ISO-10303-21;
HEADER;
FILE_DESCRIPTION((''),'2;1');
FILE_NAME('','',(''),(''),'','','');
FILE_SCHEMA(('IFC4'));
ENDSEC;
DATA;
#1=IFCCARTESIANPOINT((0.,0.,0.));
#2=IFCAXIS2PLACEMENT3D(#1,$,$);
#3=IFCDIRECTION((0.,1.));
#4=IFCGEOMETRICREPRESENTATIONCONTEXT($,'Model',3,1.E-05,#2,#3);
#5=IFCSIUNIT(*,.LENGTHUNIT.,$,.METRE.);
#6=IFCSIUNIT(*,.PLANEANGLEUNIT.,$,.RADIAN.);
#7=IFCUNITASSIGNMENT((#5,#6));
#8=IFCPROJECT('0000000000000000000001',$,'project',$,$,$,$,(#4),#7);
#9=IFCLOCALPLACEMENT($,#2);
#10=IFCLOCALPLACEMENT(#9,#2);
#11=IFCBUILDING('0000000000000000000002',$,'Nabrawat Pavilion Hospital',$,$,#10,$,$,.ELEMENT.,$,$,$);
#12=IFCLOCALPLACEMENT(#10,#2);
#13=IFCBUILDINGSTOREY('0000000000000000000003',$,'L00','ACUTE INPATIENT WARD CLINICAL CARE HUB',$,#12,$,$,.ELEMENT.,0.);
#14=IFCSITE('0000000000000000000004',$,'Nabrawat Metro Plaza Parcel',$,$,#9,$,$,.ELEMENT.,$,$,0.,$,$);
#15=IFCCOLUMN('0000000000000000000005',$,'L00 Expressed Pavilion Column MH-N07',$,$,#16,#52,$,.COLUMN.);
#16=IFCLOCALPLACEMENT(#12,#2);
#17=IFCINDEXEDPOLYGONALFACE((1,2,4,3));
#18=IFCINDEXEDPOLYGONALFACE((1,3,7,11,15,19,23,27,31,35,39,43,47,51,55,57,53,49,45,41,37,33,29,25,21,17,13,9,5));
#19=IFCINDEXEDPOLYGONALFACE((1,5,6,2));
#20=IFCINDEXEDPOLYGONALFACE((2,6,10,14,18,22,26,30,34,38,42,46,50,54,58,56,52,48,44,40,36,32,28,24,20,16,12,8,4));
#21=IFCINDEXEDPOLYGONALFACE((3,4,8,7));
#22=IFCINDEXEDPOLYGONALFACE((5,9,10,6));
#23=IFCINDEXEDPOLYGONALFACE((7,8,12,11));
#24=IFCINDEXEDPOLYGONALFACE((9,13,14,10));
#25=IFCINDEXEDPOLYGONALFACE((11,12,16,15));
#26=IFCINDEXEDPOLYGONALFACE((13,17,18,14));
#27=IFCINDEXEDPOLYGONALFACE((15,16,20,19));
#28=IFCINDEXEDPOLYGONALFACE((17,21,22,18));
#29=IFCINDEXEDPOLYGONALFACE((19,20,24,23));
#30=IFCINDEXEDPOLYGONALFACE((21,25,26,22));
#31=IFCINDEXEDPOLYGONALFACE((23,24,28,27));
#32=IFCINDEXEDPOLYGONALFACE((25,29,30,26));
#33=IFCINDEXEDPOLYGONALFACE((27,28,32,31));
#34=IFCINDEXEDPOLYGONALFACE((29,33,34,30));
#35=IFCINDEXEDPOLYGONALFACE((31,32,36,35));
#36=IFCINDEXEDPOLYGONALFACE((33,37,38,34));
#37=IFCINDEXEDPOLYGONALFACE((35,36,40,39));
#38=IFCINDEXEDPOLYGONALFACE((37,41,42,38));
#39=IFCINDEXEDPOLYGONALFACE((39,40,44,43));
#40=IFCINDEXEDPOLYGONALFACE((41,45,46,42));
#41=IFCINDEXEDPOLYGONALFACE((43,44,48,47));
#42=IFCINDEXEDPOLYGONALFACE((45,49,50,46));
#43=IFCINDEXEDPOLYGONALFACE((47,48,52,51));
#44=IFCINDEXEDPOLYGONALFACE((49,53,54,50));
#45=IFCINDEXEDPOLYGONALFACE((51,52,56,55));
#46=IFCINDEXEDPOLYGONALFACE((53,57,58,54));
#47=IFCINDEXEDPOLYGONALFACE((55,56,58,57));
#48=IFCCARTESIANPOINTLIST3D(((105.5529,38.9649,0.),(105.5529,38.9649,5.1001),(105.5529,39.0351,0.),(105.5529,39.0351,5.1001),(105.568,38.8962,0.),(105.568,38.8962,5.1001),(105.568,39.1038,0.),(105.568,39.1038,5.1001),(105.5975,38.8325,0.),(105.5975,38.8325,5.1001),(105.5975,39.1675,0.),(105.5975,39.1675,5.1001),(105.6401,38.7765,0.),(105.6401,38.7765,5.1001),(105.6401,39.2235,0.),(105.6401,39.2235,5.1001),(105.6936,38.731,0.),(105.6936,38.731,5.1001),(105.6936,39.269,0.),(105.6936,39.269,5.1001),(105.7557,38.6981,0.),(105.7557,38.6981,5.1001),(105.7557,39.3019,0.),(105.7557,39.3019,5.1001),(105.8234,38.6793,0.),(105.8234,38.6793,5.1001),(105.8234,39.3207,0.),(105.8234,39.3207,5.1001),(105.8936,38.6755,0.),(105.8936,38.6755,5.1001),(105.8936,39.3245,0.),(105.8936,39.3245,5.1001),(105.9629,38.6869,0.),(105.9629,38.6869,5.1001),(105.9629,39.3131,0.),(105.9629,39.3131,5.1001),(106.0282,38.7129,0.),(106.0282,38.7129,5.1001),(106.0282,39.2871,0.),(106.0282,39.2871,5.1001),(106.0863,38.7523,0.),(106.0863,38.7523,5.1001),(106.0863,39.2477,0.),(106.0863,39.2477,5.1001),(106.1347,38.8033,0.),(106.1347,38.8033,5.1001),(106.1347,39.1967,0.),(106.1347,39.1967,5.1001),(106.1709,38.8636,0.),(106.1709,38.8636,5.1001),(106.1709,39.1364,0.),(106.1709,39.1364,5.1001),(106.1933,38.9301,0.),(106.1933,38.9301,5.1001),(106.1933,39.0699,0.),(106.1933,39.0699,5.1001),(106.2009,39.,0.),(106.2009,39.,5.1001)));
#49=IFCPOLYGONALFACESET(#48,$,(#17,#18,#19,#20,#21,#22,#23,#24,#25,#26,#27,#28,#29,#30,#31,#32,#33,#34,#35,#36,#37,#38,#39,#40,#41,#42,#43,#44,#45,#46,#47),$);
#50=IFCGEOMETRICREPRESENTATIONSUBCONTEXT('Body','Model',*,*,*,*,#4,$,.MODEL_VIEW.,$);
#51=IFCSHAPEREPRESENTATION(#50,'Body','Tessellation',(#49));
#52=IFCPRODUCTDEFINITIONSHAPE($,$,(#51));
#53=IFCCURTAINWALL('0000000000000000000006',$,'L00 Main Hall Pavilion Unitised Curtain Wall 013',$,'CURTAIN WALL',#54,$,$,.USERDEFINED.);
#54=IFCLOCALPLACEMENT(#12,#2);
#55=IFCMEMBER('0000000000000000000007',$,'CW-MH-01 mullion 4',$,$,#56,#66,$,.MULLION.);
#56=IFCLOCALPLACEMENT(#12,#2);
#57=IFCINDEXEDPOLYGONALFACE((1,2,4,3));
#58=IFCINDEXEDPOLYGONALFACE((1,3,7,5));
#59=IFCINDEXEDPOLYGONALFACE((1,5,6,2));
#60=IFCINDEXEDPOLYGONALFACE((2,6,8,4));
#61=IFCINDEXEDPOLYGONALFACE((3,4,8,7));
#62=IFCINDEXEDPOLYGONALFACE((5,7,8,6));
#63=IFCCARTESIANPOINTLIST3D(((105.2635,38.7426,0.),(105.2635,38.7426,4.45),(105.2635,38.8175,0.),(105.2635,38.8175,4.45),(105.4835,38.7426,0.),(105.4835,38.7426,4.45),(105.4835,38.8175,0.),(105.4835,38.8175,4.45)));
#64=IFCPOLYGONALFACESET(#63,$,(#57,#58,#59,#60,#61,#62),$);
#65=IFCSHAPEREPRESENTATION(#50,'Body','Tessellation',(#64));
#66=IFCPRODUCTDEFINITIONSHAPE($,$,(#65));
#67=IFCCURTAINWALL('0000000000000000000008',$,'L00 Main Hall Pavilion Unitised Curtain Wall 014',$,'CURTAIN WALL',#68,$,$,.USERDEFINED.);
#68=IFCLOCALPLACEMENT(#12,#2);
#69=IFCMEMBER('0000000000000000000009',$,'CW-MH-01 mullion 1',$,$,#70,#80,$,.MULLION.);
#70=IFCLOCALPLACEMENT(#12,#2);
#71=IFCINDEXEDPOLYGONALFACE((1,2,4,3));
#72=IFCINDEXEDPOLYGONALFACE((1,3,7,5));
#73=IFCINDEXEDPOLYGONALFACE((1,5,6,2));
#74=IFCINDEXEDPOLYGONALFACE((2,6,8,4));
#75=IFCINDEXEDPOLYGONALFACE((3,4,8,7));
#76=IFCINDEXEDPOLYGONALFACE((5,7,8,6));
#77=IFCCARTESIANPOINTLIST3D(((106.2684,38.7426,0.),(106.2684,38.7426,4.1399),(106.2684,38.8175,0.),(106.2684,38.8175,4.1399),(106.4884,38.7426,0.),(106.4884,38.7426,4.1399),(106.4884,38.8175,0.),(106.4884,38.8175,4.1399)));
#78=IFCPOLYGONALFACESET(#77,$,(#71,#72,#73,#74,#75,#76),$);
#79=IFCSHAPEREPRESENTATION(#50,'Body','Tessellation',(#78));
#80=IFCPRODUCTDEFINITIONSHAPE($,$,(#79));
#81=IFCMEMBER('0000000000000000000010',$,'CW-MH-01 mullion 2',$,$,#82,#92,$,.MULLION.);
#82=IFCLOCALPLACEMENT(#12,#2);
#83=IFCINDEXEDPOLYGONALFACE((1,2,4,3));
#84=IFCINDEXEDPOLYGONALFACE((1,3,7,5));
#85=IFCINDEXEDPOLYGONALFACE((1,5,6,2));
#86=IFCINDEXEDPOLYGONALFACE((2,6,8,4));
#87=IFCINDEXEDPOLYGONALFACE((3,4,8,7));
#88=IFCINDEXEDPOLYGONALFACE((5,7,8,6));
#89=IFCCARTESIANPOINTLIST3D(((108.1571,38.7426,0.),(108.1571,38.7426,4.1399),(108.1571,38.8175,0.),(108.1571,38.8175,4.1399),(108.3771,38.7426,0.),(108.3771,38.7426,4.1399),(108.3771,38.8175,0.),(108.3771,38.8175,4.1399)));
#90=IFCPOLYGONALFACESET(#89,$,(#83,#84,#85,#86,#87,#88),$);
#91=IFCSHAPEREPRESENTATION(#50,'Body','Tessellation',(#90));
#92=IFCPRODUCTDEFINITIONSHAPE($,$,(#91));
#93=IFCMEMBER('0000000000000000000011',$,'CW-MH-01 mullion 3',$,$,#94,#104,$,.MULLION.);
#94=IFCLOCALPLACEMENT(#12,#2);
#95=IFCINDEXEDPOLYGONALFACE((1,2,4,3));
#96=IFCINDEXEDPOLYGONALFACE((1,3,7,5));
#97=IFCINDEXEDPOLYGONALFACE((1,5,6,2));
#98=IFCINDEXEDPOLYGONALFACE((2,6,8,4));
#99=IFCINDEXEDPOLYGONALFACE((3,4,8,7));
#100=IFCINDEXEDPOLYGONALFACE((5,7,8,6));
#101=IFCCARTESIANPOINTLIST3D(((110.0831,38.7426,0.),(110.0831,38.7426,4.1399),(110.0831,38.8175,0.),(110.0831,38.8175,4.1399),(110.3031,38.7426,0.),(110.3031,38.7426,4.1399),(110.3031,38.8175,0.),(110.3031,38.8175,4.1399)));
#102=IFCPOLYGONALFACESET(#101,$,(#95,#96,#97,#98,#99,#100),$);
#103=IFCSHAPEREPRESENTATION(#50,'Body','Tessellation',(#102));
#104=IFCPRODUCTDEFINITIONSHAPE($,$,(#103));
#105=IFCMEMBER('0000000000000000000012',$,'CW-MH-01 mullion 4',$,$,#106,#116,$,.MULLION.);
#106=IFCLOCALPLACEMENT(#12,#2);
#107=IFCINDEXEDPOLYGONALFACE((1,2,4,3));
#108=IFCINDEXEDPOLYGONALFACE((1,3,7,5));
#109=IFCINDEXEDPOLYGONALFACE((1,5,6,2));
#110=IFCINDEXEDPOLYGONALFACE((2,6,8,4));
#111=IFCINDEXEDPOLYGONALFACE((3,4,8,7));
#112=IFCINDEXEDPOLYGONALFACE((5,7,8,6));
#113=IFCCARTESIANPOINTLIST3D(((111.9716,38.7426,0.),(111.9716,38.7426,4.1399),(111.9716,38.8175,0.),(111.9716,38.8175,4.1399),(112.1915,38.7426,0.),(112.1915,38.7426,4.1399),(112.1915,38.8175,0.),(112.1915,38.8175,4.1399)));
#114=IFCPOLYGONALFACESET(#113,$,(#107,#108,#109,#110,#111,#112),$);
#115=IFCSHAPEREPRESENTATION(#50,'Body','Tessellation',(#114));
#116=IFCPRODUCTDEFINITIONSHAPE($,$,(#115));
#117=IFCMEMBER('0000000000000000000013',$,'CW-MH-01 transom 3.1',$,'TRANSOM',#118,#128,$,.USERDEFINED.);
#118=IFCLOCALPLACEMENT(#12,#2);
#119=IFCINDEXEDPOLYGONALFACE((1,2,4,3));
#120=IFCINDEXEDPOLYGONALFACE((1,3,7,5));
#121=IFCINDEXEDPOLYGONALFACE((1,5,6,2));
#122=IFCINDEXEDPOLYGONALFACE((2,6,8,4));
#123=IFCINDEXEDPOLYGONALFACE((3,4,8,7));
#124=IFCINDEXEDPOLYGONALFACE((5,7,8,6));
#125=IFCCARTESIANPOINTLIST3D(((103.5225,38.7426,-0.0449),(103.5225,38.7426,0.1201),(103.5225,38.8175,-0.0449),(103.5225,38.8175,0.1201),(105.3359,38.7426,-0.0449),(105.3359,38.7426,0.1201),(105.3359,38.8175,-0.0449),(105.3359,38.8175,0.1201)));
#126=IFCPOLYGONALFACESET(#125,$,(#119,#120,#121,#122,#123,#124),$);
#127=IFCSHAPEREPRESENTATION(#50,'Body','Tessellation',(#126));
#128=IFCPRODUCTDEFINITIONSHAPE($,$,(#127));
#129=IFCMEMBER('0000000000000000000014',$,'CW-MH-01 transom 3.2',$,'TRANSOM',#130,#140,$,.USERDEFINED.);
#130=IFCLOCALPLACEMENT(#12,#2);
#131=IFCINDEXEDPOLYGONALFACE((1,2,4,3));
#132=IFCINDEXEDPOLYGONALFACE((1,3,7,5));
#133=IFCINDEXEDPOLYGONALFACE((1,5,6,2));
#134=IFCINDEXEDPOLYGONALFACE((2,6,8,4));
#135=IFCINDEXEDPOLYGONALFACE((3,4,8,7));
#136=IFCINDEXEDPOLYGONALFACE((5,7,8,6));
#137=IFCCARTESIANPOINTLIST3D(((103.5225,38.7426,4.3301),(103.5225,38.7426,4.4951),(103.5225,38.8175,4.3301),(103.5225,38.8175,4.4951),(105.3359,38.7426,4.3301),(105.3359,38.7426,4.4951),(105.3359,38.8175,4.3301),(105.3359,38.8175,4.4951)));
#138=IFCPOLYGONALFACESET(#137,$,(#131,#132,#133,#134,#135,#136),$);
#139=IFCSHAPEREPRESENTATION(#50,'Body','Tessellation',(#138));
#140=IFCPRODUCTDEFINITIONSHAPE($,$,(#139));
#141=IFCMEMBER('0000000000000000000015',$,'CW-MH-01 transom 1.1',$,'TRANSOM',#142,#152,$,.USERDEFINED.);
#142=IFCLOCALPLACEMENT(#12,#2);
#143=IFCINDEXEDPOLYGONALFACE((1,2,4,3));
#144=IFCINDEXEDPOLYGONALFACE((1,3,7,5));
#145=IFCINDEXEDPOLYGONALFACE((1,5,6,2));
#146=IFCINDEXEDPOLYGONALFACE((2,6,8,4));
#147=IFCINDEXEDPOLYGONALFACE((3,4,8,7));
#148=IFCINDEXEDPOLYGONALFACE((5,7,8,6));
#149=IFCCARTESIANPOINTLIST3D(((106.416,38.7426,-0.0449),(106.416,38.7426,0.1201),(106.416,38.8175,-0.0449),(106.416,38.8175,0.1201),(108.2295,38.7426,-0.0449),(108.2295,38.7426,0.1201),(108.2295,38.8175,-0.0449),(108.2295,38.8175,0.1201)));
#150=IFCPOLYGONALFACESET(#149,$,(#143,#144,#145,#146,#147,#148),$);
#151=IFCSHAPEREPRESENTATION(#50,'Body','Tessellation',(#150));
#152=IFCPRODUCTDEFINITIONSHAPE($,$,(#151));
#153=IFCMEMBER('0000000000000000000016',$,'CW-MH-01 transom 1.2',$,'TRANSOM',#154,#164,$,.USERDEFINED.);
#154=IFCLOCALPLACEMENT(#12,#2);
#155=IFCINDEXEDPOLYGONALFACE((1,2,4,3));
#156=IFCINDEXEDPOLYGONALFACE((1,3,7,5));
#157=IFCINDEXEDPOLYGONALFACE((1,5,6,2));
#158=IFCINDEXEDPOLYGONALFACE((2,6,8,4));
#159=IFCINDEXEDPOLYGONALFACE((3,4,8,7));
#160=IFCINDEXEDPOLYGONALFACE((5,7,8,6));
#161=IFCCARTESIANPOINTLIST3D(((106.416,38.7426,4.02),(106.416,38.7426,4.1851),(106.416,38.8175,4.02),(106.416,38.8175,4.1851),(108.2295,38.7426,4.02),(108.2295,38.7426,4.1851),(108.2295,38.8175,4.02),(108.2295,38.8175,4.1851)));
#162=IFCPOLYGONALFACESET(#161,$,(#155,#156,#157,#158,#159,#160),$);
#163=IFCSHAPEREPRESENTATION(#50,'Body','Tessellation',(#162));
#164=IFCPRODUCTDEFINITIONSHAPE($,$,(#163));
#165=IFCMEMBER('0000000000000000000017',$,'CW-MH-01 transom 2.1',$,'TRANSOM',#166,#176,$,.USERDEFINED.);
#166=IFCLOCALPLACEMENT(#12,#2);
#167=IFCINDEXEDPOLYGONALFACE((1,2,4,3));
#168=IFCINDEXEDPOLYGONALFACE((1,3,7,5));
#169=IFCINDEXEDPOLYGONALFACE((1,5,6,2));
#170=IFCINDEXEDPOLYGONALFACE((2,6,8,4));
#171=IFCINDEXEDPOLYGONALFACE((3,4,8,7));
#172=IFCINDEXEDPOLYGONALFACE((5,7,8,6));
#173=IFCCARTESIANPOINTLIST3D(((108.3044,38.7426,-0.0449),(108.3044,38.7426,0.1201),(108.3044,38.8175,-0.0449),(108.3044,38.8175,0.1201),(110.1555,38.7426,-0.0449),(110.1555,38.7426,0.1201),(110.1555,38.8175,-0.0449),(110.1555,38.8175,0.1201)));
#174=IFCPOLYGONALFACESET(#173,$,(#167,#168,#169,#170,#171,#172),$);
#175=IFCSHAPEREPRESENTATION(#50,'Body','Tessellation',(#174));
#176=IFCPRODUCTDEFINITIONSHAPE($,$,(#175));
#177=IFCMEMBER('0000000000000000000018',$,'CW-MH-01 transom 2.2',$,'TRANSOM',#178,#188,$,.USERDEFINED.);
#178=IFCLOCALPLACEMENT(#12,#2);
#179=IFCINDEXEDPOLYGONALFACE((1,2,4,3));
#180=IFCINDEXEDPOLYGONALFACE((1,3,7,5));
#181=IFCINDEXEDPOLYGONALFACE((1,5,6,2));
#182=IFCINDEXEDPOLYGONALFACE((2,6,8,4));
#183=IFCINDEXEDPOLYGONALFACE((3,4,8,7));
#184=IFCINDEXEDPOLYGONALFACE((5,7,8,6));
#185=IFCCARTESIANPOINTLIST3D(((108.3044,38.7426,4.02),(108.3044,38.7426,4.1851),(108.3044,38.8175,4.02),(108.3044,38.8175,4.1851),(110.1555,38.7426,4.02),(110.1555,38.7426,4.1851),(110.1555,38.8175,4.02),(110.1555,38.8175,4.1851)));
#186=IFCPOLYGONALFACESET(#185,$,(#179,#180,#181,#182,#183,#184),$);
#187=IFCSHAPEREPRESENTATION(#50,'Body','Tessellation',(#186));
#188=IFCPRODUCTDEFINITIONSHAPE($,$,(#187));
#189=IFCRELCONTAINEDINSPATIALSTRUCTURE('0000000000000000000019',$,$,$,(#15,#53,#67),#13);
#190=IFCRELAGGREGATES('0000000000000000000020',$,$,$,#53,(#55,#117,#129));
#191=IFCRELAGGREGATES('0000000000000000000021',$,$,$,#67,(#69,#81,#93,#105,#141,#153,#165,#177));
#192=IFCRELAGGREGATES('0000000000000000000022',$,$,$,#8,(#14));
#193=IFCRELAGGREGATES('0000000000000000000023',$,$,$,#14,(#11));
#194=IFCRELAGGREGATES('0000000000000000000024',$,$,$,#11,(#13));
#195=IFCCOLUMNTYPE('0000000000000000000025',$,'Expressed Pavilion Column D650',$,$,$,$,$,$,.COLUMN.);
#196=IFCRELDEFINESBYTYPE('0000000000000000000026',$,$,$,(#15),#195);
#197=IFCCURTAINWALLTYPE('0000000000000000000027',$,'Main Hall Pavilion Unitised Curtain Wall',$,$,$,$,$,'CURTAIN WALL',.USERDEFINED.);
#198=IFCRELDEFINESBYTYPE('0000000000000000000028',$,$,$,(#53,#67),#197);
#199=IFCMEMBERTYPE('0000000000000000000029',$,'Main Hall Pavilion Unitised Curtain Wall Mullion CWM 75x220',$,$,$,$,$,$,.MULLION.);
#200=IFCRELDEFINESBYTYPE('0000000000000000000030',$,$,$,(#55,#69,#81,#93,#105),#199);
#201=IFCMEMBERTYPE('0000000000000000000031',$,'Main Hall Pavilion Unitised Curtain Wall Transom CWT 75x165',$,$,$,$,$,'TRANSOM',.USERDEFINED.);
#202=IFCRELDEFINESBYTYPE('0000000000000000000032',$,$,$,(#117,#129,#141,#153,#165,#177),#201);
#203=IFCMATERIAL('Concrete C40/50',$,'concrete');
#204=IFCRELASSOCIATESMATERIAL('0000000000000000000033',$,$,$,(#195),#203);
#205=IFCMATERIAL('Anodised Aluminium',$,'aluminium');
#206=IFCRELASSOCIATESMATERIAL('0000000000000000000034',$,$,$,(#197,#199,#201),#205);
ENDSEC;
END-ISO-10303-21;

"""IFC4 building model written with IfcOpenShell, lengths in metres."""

from ifc_helpers import new_model, si_unit, direction, frame, origin, origin_2d, place, context, subcontext, project, spatial, rectangle, circle, extrude, material, material_profile, profile_set, type_object, element, aggregate, save


model = new_model("IFC4")

# Units and contexts
model_context = context("Model", 3, precision=1e-05, world=origin(), true_north=direction((0.0, 1.0)))
body_context = subcontext(model_context, "Body", "Model", "MODEL_VIEW")
ifc_project = project(units=[si_unit("LENGTHUNIT", "METRE"), si_unit("PLANEANGLEUNIT", "RADIAN")], contexts=[model_context])

# Site, building, storey
site_placement = place(None, origin())
site = spatial("IfcSite", under=ifc_project, at=site_placement, Name="Nabrawat Metro Plaza Parcel", CompositionType="ELEMENT", RefElevation=0.0)
building_placement = place(site_placement, origin())
building = spatial("IfcBuilding", under=site, at=building_placement, Name="Nabrawat Pavilion Hospital", CompositionType="ELEMENT")
storey_placement = place(building_placement, origin())
storey = spatial("IfcBuildingStorey", under=building, at=storey_placement, Name="L00", Description="ACUTE INPATIENT WARD CLINICAL CARE HUB", CompositionType="ELEMENT", Elevation=0.0)

# Column
ifc_material_1 = material(Name="Concrete C40/50", Category="concrete")
ifc_material_profile_1 = material_profile(ifc_material_1, circle(Radius=0.325, at=origin_2d()), Name="RC D650")
ifc_profile_set_1 = profile_set([ifc_material_profile_1], Name="Concrete C40/50")
column_type_1 = type_object("IfcColumnType", Name="Expressed Pavilion Column D650", PredefinedType="COLUMN", material=ifc_profile_set_1)
for number, where, z_axis, x_axis, name in (
    (1, (105.876, 39.0, 0.0), (0.0, 0.0, 1.0), (1.0, 0.0, 0.0), "L00 Expressed Pavilion Column MH-N07"),
):
    element("IfcColumn", number, at=place(storey_placement, frame(where, z_axis=z_axis, x_axis=x_axis)), inside=storey, type_object=column_type_1, Name=name, PredefinedType="COLUMN", context=body_context, shape_type="SweptSolid", body=[
        extrude(circle(Radius=0.325, at=origin_2d()), origin(), (0.0, 0.0, 1.0), 5.1001),
    ])

# Curtain wall, member
ifc_material_2 = material(Name="Anodised Aluminium", Category="aluminium")
curtain_wall_type = type_object("IfcCurtainWallType", Name="Main Hall Pavilion Unitised Curtain Wall", ElementType="CURTAIN WALL", PredefinedType="USERDEFINED", material=ifc_material_2)
curtain_wall_1_placement = place(storey_placement, origin())
curtain_wall_1 = element("IfcCurtainWall", 2, at=curtain_wall_1_placement, inside=storey, type_object=curtain_wall_type, Name="L00 Main Hall Pavilion Unitised Curtain Wall 013", ObjectType="CURTAIN WALL", PredefinedType="USERDEFINED")
ifc_material_profile_2 = material_profile(ifc_material_2, rectangle(XDim=0.075, YDim=0.22, at=origin_2d()), Name="CWM 75x220")
ifc_profile_set_2 = profile_set([ifc_material_profile_2], Name="Anodised Aluminium")
member_type_1 = type_object("IfcMemberType", Name="Main Hall Pavilion Unitised Curtain Wall Mullion CWM 75x220", PredefinedType="MULLION", material=ifc_profile_set_2)
member_1_placement = place(storey_placement, frame((105.3735, 38.78, 0.0), z_axis=(0.0, 0.0, 1.0), x_axis=(0.0, 1.0, 0.0)))
member_1 = element("IfcMember", 3, at=member_1_placement, type_object=member_type_1, Name="CW-MH-01 mullion 4", PredefinedType="MULLION", context=body_context, shape_type="SweptSolid", body=[
    extrude(rectangle(XDim=0.075, YDim=0.22, at=origin_2d()), origin(), (0.0, 0.0, 1.0), 4.45),
])

# Curtain wall, members
curtain_wall_2_placement = place(storey_placement, origin())
curtain_wall_2 = element("IfcCurtainWall", 4, at=curtain_wall_2_placement, inside=storey, type_object=curtain_wall_type, Name="L00 Main Hall Pavilion Unitised Curtain Wall 014", ObjectType="CURTAIN WALL", PredefinedType="USERDEFINED")
member_2_placement = place(storey_placement, frame((106.3784, 38.78, 0.0), z_axis=(0.0, 0.0, 1.0), x_axis=(0.0, 1.0, 0.0)))
member_2 = element("IfcMember", 5, at=member_2_placement, type_object=member_type_1, Name="CW-MH-01 mullion 1", PredefinedType="MULLION", context=body_context, shape_type="SweptSolid", body=[
    extrude(rectangle(XDim=0.075, YDim=0.22, at=origin_2d()), origin(), (0.0, 0.0, 1.0), 4.1399),
])
member_3_placement = place(storey_placement, frame((108.2671, 38.78, 0.0), z_axis=(0.0, 0.0, 1.0), x_axis=(0.0, 1.0, 0.0)))
member_3 = element("IfcMember", 6, at=member_3_placement, type_object=member_type_1, Name="CW-MH-01 mullion 2", PredefinedType="MULLION", context=body_context, shape_type="SweptSolid", body=[
    extrude(rectangle(XDim=0.075, YDim=0.22, at=origin_2d()), origin(), (0.0, 0.0, 1.0), 4.1399),
])
member_4_placement = place(storey_placement, frame((110.1931, 38.78, 0.0), z_axis=(0.0, 0.0, 1.0), x_axis=(0.0, 1.0, 0.0)))
member_4 = element("IfcMember", 7, at=member_4_placement, type_object=member_type_1, Name="CW-MH-01 mullion 3", PredefinedType="MULLION", context=body_context, shape_type="SweptSolid", body=[
    extrude(rectangle(XDim=0.075, YDim=0.22, at=origin_2d()), origin(), (0.0, 0.0, 1.0), 4.1399),
])
member_5_placement = place(storey_placement, frame((112.0815, 38.78, 0.0), z_axis=(0.0, 0.0, 1.0), x_axis=(0.0, 1.0, 0.0)))
member_5 = element("IfcMember", 8, at=member_5_placement, type_object=member_type_1, Name="CW-MH-01 mullion 4", PredefinedType="MULLION", context=body_context, shape_type="SweptSolid", body=[
    extrude(rectangle(XDim=0.075, YDim=0.22, at=origin_2d()), origin(), (0.0, 0.0, 1.0), 4.1399),
])

# Members
ifc_material_profile_3 = material_profile(ifc_material_2, rectangle(XDim=0.075, YDim=0.165, at=origin_2d()), Name="CWT 75x165")
ifc_profile_set_3 = profile_set([ifc_material_profile_3], Name="Anodised Aluminium")
member_type_2 = type_object("IfcMemberType", Name="Main Hall Pavilion Unitised Curtain Wall Transom CWT 75x165", ElementType="TRANSOM", PredefinedType="USERDEFINED", material=ifc_profile_set_3)
member_6_placement = place(storey_placement, frame((103.5225, 38.78, 0.0376), z_axis=(1.0, 0.0, 0.0), x_axis=(0.0, 1.0, 0.0)))
member_6 = element("IfcMember", 9, at=member_6_placement, type_object=member_type_2, Name="CW-MH-01 transom 3.1", ObjectType="TRANSOM", PredefinedType="USERDEFINED", context=body_context, shape_type="SweptSolid", body=[
    extrude(rectangle(XDim=0.075, YDim=0.165, at=origin_2d()), origin(), (0.0, 0.0, 1.0), 1.8135),
])
member_7_placement = place(storey_placement, frame((103.5225, 38.78, 4.4126), z_axis=(1.0, 0.0, 0.0), x_axis=(0.0, 1.0, 0.0)))
member_7 = element("IfcMember", 10, at=member_7_placement, type_object=member_type_2, Name="CW-MH-01 transom 3.2", ObjectType="TRANSOM", PredefinedType="USERDEFINED", context=body_context, shape_type="SweptSolid", body=[
    extrude(rectangle(XDim=0.075, YDim=0.165, at=origin_2d()), origin(), (0.0, 0.0, 1.0), 1.8135),
])
member_8_placement = place(storey_placement, frame((106.416, 38.78, 0.0376), z_axis=(1.0, 0.0, 0.0), x_axis=(0.0, 1.0, 0.0)))
member_8 = element("IfcMember", 11, at=member_8_placement, type_object=member_type_2, Name="CW-MH-01 transom 1.1", ObjectType="TRANSOM", PredefinedType="USERDEFINED", context=body_context, shape_type="SweptSolid", body=[
    extrude(rectangle(XDim=0.075, YDim=0.165, at=origin_2d()), origin(), (0.0, 0.0, 1.0), 1.8135),
])
member_9_placement = place(storey_placement, frame((106.416, 38.78, 4.1025), z_axis=(1.0, 0.0, 0.0), x_axis=(0.0, 1.0, 0.0)))
member_9 = element("IfcMember", 12, at=member_9_placement, type_object=member_type_2, Name="CW-MH-01 transom 1.2", ObjectType="TRANSOM", PredefinedType="USERDEFINED", context=body_context, shape_type="SweptSolid", body=[
    extrude(rectangle(XDim=0.075, YDim=0.165, at=origin_2d()), origin(), (0.0, 0.0, 1.0), 1.8135),
])
member_10_placement = place(storey_placement, frame((108.3044, 38.78, 0.0376), z_axis=(1.0, 0.0, 0.0), x_axis=(0.0, 1.0, 0.0)))
member_10 = element("IfcMember", 13, at=member_10_placement, type_object=member_type_2, Name="CW-MH-01 transom 2.1", ObjectType="TRANSOM", PredefinedType="USERDEFINED", context=body_context, shape_type="SweptSolid", body=[
    extrude(rectangle(XDim=0.075, YDim=0.165, at=origin_2d()), origin(), (0.0, 0.0, 1.0), 1.8511),
])
member_11_placement = place(storey_placement, frame((108.3044, 38.78, 4.1025), z_axis=(1.0, 0.0, 0.0), x_axis=(0.0, 1.0, 0.0)))
member_11 = element("IfcMember", 14, at=member_11_placement, type_object=member_type_2, Name="CW-MH-01 transom 2.2", ObjectType="TRANSOM", PredefinedType="USERDEFINED", context=body_context, shape_type="SweptSolid", body=[
    extrude(rectangle(XDim=0.075, YDim=0.165, at=origin_2d()), origin(), (0.0, 0.0, 1.0), 1.8511),
])

aggregate(curtain_wall_1, [member_1, member_6, member_7])
aggregate(curtain_wall_2, [member_2, member_3, member_4, member_5, member_8, member_9, member_10, member_11])

save(model, "model.ifc")
